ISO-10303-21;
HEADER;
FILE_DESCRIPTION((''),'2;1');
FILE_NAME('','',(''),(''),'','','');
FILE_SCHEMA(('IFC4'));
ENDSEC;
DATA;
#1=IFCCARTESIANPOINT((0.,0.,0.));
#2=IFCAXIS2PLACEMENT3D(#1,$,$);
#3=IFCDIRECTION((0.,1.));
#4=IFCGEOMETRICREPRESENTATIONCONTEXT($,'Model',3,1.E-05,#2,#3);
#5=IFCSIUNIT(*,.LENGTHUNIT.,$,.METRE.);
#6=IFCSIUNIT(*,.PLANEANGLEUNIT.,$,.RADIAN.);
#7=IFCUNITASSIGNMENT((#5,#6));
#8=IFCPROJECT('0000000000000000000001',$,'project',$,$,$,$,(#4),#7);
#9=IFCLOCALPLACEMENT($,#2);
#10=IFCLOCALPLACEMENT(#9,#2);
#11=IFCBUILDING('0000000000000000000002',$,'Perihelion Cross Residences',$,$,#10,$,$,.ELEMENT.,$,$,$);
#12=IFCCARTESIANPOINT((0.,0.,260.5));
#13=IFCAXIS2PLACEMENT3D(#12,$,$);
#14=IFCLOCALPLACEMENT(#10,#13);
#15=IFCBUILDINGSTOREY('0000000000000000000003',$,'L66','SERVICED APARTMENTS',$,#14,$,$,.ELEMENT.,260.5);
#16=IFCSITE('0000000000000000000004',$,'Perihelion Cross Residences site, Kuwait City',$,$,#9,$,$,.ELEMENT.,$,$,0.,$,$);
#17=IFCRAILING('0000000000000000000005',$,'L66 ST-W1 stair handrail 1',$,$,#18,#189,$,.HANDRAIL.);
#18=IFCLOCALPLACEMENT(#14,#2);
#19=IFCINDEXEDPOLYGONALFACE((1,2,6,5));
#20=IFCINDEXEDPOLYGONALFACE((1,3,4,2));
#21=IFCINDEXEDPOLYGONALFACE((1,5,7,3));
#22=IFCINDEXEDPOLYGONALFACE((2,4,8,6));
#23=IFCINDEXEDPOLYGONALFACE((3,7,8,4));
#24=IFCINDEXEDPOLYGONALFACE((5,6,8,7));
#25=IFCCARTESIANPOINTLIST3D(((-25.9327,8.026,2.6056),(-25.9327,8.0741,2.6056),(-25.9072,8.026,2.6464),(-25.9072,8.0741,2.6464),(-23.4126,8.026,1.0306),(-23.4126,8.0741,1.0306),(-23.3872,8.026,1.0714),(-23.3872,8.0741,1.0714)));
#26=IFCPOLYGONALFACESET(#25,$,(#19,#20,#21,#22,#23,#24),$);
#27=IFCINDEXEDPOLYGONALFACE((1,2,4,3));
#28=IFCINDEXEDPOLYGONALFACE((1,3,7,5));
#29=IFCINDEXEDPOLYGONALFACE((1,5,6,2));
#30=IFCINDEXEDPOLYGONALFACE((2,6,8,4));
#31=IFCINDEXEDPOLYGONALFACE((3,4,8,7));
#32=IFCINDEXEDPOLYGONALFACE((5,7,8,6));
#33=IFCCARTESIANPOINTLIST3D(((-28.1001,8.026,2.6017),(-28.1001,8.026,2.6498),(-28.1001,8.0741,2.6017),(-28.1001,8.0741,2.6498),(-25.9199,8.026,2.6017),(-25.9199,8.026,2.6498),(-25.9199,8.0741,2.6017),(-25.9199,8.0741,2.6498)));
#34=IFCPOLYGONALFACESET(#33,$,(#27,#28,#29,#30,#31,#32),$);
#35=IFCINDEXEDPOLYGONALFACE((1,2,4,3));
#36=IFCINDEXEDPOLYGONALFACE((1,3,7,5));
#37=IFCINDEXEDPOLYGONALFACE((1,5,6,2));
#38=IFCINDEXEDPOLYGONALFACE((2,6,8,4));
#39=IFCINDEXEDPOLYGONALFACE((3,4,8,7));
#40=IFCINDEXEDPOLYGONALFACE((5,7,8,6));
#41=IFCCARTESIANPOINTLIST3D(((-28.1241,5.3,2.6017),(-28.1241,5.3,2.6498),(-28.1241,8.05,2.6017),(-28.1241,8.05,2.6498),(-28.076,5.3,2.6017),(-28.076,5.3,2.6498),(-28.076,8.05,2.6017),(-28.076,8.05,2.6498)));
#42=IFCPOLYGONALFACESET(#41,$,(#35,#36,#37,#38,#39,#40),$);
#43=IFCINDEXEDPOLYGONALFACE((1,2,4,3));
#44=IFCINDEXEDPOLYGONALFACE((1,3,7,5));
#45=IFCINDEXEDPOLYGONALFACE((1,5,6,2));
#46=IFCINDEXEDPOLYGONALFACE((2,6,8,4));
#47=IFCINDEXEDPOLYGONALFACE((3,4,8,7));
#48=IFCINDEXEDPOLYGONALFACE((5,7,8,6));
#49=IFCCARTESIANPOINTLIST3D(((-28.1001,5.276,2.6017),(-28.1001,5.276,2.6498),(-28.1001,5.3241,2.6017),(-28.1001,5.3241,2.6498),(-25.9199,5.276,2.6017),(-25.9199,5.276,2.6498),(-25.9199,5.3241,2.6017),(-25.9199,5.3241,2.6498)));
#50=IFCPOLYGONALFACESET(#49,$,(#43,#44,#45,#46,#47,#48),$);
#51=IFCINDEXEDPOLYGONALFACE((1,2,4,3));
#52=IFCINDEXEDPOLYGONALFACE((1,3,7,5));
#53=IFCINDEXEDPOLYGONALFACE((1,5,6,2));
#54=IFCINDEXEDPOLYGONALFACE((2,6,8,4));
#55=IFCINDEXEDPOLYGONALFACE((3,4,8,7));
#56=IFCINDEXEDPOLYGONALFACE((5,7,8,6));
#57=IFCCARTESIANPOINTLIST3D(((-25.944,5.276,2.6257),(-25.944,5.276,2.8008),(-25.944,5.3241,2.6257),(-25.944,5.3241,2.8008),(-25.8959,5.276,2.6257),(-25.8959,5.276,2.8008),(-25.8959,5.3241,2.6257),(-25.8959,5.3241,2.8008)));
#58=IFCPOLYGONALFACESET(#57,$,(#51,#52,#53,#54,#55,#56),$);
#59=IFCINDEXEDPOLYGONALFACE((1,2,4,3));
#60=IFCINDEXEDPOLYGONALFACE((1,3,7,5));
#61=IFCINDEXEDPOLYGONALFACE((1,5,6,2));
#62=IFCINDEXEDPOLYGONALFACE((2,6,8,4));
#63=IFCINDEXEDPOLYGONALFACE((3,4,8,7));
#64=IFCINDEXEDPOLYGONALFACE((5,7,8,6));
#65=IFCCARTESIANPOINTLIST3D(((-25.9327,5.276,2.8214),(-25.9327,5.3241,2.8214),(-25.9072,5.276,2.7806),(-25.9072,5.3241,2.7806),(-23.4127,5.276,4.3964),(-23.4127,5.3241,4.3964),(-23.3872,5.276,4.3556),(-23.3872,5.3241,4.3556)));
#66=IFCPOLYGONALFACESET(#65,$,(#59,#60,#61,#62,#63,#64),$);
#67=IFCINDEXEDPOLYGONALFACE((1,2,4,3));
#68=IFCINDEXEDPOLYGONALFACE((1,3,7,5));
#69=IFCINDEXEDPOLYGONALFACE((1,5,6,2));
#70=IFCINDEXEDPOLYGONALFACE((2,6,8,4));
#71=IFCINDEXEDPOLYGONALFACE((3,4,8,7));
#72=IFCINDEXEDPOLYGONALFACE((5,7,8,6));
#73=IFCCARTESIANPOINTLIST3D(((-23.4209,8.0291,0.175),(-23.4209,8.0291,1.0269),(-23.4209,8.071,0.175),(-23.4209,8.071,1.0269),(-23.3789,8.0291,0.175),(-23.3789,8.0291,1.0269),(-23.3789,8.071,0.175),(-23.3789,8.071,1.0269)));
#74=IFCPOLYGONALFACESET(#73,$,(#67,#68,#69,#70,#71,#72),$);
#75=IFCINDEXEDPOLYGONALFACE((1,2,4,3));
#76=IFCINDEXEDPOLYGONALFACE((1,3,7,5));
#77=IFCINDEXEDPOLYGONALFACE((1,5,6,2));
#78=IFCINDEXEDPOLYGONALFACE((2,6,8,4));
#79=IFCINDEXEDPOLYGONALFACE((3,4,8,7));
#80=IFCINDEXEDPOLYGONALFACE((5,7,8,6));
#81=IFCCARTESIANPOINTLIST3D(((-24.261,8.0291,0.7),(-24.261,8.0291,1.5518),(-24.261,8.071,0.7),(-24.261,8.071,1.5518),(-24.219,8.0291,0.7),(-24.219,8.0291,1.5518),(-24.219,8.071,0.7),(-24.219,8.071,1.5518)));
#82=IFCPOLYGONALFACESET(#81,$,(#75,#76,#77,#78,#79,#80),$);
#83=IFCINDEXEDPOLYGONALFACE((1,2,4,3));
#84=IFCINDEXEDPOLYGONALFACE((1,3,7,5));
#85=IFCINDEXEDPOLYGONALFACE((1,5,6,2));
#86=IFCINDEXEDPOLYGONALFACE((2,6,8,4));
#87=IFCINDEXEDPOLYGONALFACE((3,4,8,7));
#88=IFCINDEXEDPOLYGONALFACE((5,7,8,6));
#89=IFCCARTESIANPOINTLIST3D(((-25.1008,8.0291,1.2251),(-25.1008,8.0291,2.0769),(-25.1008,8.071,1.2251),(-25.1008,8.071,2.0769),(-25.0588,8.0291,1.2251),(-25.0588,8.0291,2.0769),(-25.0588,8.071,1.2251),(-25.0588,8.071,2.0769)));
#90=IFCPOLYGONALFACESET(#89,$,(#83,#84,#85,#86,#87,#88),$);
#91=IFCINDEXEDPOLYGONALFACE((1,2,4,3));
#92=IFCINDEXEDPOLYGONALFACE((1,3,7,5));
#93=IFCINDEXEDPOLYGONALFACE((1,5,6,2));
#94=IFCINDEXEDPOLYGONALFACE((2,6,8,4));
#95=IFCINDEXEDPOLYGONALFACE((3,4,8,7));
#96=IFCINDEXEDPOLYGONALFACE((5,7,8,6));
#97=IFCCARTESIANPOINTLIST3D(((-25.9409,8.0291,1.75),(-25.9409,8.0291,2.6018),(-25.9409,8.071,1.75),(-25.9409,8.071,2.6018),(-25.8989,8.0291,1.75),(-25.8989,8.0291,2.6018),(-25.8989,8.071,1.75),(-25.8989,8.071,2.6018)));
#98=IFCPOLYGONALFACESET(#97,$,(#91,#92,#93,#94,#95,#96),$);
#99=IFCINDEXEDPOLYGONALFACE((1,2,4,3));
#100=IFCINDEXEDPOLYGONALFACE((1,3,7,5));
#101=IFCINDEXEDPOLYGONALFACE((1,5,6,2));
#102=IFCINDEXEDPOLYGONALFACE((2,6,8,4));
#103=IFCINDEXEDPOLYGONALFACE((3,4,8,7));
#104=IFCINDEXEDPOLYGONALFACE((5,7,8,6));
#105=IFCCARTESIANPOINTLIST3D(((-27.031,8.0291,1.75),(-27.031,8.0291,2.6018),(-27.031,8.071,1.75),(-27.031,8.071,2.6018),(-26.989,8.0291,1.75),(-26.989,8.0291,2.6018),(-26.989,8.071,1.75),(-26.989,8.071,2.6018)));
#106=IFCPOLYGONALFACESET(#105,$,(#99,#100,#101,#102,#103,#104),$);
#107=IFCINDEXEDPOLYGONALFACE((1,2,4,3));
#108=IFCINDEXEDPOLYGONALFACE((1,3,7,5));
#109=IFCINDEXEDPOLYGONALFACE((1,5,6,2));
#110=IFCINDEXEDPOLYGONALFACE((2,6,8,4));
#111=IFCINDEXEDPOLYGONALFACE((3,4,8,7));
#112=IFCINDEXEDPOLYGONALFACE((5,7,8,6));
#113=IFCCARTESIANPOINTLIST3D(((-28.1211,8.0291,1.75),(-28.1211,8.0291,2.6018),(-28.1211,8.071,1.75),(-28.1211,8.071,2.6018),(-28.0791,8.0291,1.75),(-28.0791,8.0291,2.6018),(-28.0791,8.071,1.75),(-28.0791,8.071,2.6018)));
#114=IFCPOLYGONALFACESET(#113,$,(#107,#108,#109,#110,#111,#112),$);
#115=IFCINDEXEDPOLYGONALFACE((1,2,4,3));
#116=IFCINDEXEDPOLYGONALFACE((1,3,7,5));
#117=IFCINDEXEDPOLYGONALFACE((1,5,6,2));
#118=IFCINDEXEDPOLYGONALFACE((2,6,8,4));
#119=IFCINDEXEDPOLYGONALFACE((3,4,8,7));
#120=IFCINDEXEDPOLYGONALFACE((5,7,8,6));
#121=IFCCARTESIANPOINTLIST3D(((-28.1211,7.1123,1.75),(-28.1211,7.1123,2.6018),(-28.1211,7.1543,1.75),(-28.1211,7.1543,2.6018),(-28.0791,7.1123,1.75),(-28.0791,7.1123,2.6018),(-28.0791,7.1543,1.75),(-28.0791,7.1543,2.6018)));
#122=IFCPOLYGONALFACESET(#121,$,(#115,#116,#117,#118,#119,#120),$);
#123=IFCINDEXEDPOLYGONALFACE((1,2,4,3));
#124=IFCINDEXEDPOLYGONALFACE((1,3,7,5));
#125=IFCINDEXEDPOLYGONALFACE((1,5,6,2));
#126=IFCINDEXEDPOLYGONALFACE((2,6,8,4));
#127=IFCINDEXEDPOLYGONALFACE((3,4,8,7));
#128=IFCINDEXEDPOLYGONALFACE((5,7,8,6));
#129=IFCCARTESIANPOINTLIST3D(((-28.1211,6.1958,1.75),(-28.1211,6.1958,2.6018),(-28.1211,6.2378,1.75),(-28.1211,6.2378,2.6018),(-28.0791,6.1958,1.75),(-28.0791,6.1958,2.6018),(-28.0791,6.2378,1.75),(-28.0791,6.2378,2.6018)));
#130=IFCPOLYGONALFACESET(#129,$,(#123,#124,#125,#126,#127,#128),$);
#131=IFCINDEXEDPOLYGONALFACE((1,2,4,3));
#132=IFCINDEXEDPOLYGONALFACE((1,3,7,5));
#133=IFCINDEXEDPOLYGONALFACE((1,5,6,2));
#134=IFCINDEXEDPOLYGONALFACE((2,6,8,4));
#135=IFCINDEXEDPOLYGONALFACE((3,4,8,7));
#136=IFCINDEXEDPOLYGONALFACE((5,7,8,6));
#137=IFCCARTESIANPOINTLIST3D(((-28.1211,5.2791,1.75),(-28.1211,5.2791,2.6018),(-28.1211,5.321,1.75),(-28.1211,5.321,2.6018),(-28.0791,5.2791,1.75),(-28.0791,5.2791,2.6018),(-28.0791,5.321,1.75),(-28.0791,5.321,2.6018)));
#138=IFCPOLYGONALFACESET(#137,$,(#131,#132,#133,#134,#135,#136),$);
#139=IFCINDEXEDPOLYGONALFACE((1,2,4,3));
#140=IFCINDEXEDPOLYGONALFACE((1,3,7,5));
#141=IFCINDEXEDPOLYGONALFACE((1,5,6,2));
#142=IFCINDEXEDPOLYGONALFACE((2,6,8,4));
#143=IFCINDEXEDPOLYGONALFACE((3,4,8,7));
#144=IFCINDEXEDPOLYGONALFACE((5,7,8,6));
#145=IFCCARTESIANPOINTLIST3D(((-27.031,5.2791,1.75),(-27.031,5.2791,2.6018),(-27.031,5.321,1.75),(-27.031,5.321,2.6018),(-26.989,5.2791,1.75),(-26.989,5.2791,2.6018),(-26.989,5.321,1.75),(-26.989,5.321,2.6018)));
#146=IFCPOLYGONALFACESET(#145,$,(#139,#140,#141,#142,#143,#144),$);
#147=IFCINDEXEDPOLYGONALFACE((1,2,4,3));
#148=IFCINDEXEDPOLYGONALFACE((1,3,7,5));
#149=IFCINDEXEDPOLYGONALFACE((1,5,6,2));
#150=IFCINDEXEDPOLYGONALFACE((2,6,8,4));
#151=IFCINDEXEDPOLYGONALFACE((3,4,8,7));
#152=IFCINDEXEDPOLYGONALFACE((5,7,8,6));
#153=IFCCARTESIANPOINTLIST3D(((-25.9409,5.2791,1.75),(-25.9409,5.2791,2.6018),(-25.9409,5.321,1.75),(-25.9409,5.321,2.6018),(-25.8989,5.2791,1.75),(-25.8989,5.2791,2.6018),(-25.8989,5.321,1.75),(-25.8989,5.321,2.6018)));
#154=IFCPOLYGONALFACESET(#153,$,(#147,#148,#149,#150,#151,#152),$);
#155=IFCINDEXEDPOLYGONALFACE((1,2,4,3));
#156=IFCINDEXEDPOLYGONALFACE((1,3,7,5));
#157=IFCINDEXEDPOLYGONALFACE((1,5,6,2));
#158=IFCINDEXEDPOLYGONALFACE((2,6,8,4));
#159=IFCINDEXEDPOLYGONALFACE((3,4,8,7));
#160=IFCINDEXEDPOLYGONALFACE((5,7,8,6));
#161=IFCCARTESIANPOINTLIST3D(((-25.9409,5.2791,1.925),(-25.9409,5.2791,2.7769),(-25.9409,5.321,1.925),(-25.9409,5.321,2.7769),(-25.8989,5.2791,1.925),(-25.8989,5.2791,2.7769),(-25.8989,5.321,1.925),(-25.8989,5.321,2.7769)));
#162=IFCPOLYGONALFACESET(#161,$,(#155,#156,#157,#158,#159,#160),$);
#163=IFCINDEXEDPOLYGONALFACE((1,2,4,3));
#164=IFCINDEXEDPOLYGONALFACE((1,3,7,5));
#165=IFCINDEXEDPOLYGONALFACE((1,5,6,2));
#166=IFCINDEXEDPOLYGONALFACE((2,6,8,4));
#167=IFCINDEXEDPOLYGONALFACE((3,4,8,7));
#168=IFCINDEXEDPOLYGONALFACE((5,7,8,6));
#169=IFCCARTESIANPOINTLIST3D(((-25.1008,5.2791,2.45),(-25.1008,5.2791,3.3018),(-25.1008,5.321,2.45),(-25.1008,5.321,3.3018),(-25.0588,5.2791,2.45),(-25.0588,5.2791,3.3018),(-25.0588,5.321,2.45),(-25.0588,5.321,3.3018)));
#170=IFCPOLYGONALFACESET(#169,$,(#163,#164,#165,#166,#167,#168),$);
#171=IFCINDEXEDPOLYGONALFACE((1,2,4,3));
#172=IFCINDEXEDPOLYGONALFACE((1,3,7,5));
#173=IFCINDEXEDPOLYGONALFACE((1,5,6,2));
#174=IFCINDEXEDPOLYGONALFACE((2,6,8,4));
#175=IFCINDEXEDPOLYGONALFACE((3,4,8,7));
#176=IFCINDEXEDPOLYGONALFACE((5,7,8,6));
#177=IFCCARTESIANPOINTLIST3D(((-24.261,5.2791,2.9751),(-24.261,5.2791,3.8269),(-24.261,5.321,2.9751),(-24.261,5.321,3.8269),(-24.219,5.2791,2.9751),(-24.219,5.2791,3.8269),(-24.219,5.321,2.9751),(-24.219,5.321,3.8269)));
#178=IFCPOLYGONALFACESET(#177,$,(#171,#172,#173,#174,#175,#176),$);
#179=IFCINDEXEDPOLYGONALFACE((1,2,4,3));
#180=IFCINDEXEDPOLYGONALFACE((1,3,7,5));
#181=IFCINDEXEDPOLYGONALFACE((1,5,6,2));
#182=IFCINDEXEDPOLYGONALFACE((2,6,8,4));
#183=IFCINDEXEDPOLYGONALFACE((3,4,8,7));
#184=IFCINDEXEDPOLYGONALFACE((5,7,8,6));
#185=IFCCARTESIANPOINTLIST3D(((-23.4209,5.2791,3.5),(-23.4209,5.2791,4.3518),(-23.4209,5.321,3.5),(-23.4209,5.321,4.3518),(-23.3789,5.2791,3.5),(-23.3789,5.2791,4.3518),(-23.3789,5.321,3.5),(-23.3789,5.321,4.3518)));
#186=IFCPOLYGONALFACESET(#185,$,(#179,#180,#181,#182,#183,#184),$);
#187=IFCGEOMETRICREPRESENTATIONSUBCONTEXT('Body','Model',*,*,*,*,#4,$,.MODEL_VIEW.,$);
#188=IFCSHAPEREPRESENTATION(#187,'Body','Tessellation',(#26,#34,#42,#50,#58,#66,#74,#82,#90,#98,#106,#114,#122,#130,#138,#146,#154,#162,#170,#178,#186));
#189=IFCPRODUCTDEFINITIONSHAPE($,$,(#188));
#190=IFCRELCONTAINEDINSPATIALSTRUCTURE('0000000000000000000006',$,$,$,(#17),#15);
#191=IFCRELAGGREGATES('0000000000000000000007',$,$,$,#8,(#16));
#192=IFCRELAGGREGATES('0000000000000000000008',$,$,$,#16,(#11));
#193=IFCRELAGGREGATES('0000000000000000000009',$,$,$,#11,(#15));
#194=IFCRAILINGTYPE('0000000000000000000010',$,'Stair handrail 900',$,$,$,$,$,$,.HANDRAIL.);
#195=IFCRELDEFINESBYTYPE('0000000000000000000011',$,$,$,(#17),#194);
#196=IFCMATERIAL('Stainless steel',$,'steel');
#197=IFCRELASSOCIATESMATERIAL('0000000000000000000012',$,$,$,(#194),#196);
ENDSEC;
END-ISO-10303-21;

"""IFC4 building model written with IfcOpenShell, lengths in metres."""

from ifc_helpers import new_model, si_unit, direction, frame, origin, origin_2d, place, context, subcontext, project, spatial, rectangle, extrude, material, type_object, element, save


model = new_model("IFC4")

# Units and contexts
model_context = context("Model", 3, precision=1e-05, world=origin(), true_north=direction((0.0, 1.0)))
body_context = subcontext(model_context, "Body", "Model", "MODEL_VIEW")
ifc_project = project(units=[si_unit("LENGTHUNIT", "METRE"), si_unit("PLANEANGLEUNIT", "RADIAN")], contexts=[model_context])

# Site, building, storey
site_placement = place(None, origin())
site = spatial("IfcSite", under=ifc_project, at=site_placement, Name="Perihelion Cross Residences site, Kuwait City", CompositionType="ELEMENT", RefElevation=0.0)
building_placement = place(site_placement, origin())
building = spatial("IfcBuilding", under=site, at=building_placement, Name="Perihelion Cross Residences", CompositionType="ELEMENT")
storey_placement = place(building_placement, frame((0.0, 0.0, 260.5)))
storey = spatial("IfcBuildingStorey", under=building, at=storey_placement, Name="L66", Description="SERVICED APARTMENTS", CompositionType="ELEMENT", Elevation=260.5)

# Railing
ifc_material_1 = material(Name="Stainless steel", Category="steel")
railing_type_1 = type_object("IfcRailingType", Name="Stair handrail 900", PredefinedType="HANDRAIL", material=ifc_material_1)
railing_1_placement = place(storey_placement, frame((-23.3999, 8.05, 0.175)))
element("IfcRailing", 1, at=railing_1_placement, inside=storey, type_object=railing_type_1, Name="L66 ST-W1 stair handrail 1", PredefinedType="HANDRAIL", context=body_context, shape_type="SweptSolid", body=[
    extrude(rectangle(XDim=0.0481, YDim=0.0481, at=origin_2d()), frame((0.0, 0.0, 0.876), z_axis=(-0.848008, 0.0, 0.529984), x_axis=(0.0, -1.0, 0.0)), (0.0, 0.0, 1.0), 2.9717),
    extrude(rectangle(XDim=0.0481, YDim=0.0481, at=origin_2d()), frame((-2.52, 0.0, 2.4507), z_axis=(-1.0, 0.0, 0.0), x_axis=(0.0, -1.0, 0.0)), (0.0, 0.0, 1.0), 2.1802),
    extrude(rectangle(XDim=0.0481, YDim=0.0481, at=origin_2d()), frame((-4.7002, 0.0, 2.4507), z_axis=(0.0, -1.0, 0.0), x_axis=(1.0, 0.0, 0.0)), (0.0, 0.0, 1.0), 2.75),
    extrude(rectangle(XDim=0.0481, YDim=0.0481, at=origin_2d()), frame((-4.7002, -2.75, 2.4507), z_axis=(1.0, 0.0, 0.0), x_axis=(0.0, 1.0, 0.0)), (0.0, 0.0, 1.0), 2.1802),
    extrude(rectangle(XDim=0.0481, YDim=0.0481, at=origin_2d()), frame((-2.52, -2.75, 2.4507), z_axis=(0.0, 0.0, 1.0), x_axis=(1.0, 0.0, 0.0)), (0.0, 0.0, 1.0), 0.175),
    extrude(rectangle(XDim=0.0481, YDim=0.0481, at=origin_2d()), frame((-2.52, -2.75, 2.626), z_axis=(0.848008, 0.0, 0.529984), x_axis=(0.0, 1.0, 0.0)), (0.0, 0.0, 1.0), 2.9717),
    extrude(rectangle(XDim=0.042, YDim=0.042, at=origin_2d()), origin(), (0.0, 0.0, 1.0), 0.8518),
    extrude(rectangle(XDim=0.042, YDim=0.042, at=origin_2d()), frame((-0.8401, 0.0, 0.5249)), (0.0, 0.0, 1.0), 0.8518),
    extrude(rectangle(XDim=0.042, YDim=0.042, at=origin_2d()), frame((-1.6799, 0.0, 1.05)), (0.0, 0.0, 1.0), 0.8518),
    extrude(rectangle(XDim=0.042, YDim=0.042, at=origin_2d()), frame((-2.52, 0.0, 1.575)), (0.0, 0.0, 1.0), 0.8518),
    extrude(rectangle(XDim=0.042, YDim=0.042, at=origin_2d()), frame((-3.6101, 0.0, 1.575)), (0.0, 0.0, 1.0), 0.8518),
    extrude(rectangle(XDim=0.042, YDim=0.042, at=origin_2d()), frame((-4.7002, 0.0, 1.575)), (0.0, 0.0, 1.0), 0.8518),
    extrude(rectangle(XDim=0.042, YDim=0.042, at=origin_2d()), frame((-4.7002, -0.9167, 1.575)), (0.0, 0.0, 1.0), 0.8518),
    extrude(rectangle(XDim=0.042, YDim=0.042, at=origin_2d()), frame((-4.7002, -1.8333, 1.575)), (0.0, 0.0, 1.0), 0.8518),
    extrude(rectangle(XDim=0.042, YDim=0.042, at=origin_2d()), frame((-4.7002, -2.75, 1.575)), (0.0, 0.0, 1.0), 0.8518),
    extrude(rectangle(XDim=0.042, YDim=0.042, at=origin_2d()), frame((-3.6101, -2.75, 1.575)), (0.0, 0.0, 1.0), 0.8518),
    extrude(rectangle(XDim=0.042, YDim=0.042, at=origin_2d()), frame((-2.52, -2.75, 1.575)), (0.0, 0.0, 1.0), 0.8518),
    extrude(rectangle(XDim=0.042, YDim=0.042, at=origin_2d()), frame((-2.52, -2.75, 1.75)), (0.0, 0.0, 1.0), 0.8518),
    extrude(rectangle(XDim=0.042, YDim=0.042, at=origin_2d()), frame((-1.6799, -2.75, 2.2749)), (0.0, 0.0, 1.0), 0.8518),
    extrude(rectangle(XDim=0.042, YDim=0.042, at=origin_2d()), frame((-0.8401, -2.75, 2.8)), (0.0, 0.0, 1.0), 0.8518),
    extrude(rectangle(XDim=0.042, YDim=0.042, at=origin_2d()), frame((0.0, -2.75, 3.325)), (0.0, 0.0, 1.0), 0.8518),
])

save(model, "model.ifc")
